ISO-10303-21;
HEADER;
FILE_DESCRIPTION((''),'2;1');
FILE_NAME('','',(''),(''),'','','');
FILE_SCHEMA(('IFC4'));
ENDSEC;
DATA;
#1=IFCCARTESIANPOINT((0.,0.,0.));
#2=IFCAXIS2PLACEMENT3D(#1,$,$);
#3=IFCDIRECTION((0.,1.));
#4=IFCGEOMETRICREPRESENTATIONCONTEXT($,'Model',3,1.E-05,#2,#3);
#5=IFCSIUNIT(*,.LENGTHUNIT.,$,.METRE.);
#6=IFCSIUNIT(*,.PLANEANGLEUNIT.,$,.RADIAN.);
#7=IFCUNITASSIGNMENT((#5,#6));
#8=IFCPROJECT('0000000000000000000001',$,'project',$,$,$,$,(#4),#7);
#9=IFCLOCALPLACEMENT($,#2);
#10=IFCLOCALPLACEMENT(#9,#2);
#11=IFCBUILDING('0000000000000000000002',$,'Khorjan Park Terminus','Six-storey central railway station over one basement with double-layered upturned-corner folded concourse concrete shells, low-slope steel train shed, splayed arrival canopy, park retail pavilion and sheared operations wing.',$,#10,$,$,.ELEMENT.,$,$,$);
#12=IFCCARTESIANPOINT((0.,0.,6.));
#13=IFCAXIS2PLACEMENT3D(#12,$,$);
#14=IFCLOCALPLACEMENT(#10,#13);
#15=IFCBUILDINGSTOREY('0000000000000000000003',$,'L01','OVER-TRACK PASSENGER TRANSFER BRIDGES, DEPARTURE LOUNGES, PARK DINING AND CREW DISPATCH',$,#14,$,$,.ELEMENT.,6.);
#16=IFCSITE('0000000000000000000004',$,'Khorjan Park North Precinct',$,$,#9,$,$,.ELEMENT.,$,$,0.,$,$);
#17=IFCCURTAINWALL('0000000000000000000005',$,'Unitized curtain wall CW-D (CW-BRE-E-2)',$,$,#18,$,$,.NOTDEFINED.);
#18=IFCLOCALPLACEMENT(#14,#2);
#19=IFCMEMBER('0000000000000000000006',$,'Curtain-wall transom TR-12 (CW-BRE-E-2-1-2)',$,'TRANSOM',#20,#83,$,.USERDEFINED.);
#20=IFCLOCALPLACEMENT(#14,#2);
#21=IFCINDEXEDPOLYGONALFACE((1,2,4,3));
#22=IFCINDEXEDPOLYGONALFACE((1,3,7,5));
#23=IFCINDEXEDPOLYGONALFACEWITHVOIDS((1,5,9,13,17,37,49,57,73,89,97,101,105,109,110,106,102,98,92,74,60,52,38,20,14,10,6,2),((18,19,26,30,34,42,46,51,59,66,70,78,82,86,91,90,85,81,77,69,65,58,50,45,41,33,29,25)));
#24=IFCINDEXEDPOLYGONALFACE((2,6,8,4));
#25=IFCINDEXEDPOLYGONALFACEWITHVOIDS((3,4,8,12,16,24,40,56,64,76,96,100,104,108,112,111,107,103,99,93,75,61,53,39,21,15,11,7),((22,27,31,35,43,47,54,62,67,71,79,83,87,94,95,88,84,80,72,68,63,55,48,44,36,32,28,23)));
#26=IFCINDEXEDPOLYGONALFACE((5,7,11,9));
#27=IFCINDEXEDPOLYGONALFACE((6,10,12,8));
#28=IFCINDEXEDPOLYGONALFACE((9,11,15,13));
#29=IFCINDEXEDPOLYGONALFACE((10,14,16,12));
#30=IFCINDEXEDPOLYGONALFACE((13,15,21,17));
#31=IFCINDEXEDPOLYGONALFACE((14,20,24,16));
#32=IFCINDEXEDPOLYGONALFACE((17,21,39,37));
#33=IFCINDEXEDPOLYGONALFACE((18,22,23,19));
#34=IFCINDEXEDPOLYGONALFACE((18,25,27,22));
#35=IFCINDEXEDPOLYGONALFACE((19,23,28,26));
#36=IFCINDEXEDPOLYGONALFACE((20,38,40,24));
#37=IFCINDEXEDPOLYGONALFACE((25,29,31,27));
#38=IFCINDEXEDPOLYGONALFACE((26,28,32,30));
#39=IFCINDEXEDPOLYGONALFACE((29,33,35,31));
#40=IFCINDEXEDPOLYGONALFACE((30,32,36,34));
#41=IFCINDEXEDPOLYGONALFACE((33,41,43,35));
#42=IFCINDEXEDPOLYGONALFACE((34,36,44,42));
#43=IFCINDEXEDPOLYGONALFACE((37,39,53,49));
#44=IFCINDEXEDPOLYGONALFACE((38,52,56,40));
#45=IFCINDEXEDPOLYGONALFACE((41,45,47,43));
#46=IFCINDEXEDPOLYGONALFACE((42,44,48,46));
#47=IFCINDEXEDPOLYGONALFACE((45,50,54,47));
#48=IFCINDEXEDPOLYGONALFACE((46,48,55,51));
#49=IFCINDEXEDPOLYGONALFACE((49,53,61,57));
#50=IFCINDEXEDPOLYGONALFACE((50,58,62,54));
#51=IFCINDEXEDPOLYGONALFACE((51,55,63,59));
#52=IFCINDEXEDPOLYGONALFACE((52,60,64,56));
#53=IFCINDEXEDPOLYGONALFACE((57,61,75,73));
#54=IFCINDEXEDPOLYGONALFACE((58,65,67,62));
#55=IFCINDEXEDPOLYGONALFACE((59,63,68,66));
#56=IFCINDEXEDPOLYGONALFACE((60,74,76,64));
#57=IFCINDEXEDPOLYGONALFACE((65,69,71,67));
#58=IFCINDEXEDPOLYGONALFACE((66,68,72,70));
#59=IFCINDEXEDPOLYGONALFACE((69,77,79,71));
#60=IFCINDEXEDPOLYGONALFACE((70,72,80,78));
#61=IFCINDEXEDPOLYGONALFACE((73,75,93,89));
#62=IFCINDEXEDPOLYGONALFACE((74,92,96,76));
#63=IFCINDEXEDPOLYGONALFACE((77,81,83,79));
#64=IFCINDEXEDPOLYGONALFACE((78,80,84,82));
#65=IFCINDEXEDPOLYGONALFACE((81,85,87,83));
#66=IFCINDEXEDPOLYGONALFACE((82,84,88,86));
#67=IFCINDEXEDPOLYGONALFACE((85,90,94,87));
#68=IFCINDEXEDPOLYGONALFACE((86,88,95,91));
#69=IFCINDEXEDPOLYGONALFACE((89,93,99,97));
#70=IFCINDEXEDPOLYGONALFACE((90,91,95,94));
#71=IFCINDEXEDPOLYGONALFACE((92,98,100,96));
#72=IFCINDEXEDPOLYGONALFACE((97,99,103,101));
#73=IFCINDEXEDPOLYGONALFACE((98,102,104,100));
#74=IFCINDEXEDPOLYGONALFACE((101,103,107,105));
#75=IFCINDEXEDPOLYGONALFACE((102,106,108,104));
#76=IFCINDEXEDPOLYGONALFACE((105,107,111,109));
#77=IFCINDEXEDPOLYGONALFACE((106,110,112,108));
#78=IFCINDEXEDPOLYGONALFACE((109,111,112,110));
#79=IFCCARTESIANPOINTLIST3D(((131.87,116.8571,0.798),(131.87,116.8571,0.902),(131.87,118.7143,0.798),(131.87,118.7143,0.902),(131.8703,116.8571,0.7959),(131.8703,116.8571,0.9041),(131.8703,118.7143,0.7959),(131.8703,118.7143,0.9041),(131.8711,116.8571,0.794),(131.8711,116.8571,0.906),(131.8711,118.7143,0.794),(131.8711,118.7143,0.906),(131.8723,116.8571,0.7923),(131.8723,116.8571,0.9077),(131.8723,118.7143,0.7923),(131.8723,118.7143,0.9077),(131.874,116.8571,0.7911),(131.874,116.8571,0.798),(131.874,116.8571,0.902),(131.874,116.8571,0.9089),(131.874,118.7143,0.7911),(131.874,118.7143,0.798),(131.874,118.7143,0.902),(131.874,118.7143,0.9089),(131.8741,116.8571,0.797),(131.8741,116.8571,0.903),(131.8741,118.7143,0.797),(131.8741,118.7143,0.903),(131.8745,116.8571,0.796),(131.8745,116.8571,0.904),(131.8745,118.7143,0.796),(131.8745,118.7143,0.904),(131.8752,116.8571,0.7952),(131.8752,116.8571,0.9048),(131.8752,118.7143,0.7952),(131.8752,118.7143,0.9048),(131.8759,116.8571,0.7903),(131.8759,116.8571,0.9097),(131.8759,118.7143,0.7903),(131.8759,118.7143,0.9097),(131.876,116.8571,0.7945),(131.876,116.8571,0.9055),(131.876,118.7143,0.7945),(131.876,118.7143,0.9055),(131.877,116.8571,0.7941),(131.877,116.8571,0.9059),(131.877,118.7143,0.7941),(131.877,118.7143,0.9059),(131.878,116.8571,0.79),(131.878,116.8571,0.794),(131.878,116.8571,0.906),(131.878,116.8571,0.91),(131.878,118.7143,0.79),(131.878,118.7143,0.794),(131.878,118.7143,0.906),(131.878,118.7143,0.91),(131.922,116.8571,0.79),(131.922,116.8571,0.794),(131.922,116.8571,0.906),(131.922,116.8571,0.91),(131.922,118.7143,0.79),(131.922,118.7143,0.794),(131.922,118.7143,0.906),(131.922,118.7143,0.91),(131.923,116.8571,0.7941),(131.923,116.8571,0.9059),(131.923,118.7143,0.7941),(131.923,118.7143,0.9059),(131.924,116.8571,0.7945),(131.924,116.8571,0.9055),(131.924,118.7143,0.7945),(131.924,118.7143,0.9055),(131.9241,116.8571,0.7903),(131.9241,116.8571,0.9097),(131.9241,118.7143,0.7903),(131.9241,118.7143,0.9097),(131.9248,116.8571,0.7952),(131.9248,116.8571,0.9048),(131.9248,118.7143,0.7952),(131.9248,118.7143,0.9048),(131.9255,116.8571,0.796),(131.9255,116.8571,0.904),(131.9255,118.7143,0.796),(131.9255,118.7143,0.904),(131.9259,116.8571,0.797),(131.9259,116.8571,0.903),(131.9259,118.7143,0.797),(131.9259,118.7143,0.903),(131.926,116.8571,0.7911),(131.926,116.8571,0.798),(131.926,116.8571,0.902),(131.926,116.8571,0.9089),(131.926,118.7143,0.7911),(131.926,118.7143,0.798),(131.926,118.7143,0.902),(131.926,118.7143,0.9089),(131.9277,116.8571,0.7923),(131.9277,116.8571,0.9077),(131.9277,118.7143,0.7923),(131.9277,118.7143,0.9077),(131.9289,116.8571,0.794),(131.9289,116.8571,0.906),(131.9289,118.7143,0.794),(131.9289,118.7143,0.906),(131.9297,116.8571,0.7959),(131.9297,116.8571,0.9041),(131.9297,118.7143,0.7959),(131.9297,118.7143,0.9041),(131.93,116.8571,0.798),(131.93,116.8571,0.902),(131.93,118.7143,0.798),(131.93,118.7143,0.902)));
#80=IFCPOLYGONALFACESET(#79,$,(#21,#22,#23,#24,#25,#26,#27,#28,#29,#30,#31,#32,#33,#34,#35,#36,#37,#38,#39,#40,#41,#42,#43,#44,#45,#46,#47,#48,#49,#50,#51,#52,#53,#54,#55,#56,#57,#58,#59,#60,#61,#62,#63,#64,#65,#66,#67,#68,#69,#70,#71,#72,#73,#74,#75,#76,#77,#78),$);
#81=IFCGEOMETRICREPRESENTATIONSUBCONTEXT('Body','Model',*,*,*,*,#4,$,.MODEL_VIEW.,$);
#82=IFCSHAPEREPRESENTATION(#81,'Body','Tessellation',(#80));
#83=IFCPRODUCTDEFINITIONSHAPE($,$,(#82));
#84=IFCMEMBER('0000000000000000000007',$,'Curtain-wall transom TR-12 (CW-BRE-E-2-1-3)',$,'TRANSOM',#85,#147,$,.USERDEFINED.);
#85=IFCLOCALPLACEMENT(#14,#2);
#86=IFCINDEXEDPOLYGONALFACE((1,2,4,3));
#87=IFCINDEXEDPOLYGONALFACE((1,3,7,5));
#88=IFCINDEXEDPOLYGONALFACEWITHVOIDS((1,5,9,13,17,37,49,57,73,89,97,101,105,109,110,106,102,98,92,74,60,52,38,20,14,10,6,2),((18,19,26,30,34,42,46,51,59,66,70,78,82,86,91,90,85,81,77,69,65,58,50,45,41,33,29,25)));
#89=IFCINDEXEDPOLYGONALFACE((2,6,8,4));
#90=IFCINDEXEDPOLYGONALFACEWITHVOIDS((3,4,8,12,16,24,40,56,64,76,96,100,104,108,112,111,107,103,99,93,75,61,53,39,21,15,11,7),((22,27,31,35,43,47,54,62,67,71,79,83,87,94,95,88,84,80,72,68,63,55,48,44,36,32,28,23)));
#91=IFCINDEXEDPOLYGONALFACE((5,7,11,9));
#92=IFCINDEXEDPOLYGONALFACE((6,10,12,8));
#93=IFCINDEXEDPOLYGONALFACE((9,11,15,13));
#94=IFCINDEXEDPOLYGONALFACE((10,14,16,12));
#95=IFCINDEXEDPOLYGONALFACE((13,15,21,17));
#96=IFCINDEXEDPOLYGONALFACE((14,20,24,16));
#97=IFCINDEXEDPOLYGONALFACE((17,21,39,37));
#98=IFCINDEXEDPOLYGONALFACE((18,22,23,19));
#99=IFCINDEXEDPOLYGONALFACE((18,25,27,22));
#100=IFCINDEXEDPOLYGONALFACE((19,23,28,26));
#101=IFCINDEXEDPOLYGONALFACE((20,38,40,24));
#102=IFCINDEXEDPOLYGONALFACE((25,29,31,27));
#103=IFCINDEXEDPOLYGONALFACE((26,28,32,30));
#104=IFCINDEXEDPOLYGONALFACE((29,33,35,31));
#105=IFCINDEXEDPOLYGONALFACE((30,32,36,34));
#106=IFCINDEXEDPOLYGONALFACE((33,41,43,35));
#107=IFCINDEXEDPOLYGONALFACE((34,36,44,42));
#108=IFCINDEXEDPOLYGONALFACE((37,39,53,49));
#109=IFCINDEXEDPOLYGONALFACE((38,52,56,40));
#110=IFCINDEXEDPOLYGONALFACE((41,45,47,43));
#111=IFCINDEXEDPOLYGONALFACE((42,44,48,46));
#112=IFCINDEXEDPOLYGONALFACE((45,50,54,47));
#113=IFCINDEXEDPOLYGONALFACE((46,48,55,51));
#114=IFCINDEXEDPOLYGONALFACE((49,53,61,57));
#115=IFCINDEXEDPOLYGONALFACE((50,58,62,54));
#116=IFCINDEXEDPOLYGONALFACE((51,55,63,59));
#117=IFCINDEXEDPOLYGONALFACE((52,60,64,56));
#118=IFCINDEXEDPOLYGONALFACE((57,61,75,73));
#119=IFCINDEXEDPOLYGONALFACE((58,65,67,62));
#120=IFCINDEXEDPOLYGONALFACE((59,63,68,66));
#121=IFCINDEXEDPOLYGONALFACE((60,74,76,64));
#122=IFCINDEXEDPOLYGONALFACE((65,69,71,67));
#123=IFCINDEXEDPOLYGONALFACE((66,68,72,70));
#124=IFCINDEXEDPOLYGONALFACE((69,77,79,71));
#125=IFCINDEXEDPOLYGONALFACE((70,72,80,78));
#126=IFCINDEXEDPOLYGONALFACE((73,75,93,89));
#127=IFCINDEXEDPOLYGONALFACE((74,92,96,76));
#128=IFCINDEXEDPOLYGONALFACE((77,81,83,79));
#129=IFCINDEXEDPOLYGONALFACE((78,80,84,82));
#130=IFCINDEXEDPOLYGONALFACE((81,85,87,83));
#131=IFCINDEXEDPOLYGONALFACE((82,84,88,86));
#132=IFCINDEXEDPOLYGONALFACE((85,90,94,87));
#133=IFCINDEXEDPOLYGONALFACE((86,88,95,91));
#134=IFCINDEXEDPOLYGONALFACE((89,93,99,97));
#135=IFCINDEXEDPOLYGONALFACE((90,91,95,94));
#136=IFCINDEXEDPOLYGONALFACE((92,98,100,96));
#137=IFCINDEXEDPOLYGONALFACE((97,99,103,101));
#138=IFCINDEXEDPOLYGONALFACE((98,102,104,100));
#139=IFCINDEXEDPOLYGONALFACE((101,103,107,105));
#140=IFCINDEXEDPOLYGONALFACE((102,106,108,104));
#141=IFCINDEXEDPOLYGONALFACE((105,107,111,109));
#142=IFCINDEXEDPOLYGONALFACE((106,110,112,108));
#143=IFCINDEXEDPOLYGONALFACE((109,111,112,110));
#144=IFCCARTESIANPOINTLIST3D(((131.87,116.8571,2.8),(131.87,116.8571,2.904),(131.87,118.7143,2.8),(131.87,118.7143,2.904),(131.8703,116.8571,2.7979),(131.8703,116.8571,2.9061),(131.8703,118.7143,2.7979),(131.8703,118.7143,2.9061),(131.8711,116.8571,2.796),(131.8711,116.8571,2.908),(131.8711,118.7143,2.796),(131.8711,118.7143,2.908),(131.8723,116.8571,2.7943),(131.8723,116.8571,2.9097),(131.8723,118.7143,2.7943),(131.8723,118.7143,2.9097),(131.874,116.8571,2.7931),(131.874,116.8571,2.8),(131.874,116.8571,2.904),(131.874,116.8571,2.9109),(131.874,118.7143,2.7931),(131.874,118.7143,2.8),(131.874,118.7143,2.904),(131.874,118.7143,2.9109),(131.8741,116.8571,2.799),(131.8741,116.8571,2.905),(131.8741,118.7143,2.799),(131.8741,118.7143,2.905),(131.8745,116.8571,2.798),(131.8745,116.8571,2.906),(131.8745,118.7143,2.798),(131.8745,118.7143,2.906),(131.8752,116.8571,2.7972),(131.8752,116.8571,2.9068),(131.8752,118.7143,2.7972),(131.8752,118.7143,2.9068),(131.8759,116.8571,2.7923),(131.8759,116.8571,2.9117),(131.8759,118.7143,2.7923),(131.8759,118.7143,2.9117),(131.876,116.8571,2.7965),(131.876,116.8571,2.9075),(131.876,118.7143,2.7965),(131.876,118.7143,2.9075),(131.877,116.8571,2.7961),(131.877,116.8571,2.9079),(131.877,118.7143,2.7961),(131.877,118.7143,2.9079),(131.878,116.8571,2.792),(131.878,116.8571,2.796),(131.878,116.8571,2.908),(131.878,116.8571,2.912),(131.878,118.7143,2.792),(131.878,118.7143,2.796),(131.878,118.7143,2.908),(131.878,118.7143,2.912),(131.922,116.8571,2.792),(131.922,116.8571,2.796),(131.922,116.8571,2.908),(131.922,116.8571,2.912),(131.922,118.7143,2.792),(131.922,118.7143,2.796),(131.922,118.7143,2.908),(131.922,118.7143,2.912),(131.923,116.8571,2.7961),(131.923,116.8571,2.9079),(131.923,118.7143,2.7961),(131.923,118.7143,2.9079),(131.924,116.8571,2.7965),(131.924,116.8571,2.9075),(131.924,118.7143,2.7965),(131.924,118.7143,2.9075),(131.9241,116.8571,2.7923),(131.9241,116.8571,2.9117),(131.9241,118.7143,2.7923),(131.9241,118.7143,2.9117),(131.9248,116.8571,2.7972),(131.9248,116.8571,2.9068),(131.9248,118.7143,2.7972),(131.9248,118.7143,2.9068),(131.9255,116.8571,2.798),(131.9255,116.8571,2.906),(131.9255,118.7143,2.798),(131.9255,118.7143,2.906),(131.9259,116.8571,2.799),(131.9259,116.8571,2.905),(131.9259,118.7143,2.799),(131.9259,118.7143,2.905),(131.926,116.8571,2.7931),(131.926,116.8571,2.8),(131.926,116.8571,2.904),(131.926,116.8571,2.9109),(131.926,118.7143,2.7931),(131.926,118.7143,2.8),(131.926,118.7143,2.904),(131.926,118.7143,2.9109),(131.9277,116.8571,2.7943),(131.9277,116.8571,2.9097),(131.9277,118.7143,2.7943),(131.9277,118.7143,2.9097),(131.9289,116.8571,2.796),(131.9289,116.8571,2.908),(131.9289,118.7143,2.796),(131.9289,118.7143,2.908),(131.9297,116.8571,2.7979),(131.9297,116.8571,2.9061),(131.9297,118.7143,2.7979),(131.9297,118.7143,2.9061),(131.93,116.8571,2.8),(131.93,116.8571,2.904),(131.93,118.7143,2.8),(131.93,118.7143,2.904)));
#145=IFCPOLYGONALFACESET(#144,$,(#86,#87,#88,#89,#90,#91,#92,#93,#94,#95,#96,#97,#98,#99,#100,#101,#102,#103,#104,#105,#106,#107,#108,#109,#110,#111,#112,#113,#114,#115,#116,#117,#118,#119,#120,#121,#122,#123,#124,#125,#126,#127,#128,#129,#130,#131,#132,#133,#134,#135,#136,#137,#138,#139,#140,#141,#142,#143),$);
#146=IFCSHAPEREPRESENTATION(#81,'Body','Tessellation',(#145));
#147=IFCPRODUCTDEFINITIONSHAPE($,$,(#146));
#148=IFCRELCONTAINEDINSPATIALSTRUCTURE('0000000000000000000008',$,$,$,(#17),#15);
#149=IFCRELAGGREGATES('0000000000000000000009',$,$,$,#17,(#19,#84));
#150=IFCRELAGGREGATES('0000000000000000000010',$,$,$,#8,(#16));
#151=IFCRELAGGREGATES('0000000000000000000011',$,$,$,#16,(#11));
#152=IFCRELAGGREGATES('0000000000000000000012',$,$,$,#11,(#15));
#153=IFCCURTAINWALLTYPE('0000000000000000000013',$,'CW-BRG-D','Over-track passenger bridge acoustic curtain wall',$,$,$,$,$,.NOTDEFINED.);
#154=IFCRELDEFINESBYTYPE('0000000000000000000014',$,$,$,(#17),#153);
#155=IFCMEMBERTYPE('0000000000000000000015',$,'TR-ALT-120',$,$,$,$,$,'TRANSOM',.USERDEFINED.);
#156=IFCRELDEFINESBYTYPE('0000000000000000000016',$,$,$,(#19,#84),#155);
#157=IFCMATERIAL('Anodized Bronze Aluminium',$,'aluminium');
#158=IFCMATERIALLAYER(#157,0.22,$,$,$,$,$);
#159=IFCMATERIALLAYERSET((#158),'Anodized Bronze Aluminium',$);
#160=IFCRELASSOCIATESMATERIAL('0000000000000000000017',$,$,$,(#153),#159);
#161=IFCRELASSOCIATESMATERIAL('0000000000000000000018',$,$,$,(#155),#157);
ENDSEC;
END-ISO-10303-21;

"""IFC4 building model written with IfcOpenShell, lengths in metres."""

from ifc_helpers import new_model, si_unit, direction, frame, origin, origin_2d, place, context, subcontext, project, spatial, hollow_rectangle, extrude, material, layer, layer_set, material_profile, profile_set, type_object, element, aggregate, save


model = new_model("IFC4")

# Units and contexts
model_context = context("Model", 3, precision=1e-05, world=origin(), true_north=direction((0.0, 1.0)))
body_context = subcontext(model_context, "Body", "Model", "MODEL_VIEW")
ifc_project = project(units=[si_unit("LENGTHUNIT", "METRE"), si_unit("PLANEANGLEUNIT", "RADIAN")], contexts=[model_context])

# Site, building, storey
site_placement = place(None, origin())
site = spatial("IfcSite", under=ifc_project, at=site_placement, Name="Khorjan Park North Precinct", CompositionType="ELEMENT", RefElevation=0.0)
building_placement = place(site_placement, origin())
building = spatial("IfcBuilding", under=site, at=building_placement, Name="Khorjan Park Terminus", Description="Six-storey central railway station over one basement with double-layered upturned-corner folded concourse concrete shells, low-slope steel train shed, splayed arrival canopy, park retail pavilion and sheared operations wing.", CompositionType="ELEMENT")
storey_placement = place(building_placement, frame((0.0, 0.0, 6.0)))
storey = spatial("IfcBuildingStorey", under=building, at=storey_placement, Name="L01", Description="OVER-TRACK PASSENGER TRANSFER BRIDGES, DEPARTURE LOUNGES, PARK DINING AND CREW DISPATCH", CompositionType="ELEMENT", Elevation=6.0)

# Curtain wall, members
ifc_material_1 = material(Name="Anodized Bronze Aluminium", Category="aluminium")
ifc_layer_1 = layer(ifc_material_1, 0.22)
ifc_layer_set_1 = layer_set([ifc_layer_1], Name="Anodized Bronze Aluminium")
curtain_wall_type = type_object("IfcCurtainWallType", Name="CW-BRG-D", Description="Over-track passenger bridge acoustic curtain wall", PredefinedType="NOTDEFINED", material=ifc_layer_set_1)
curtain_wall_placement = place(storey_placement, origin())
curtain_wall = element("IfcCurtainWall", 1, at=curtain_wall_placement, inside=storey, type_object=curtain_wall_type, Name="Unitized curtain wall CW-D (CW-BRE-E-2)", PredefinedType="NOTDEFINED")
ifc_material_profile_1 = material_profile(ifc_material_1, hollow_rectangle(XDim=0.06, YDim=0.12, WallThickness=0.004, InnerFilletRadius=0.004, OuterFilletRadius=0.008, at=origin_2d()), Name="ALT 60x120x4")
ifc_profile_set_1 = profile_set([ifc_material_profile_1], Name="Anodized Bronze Aluminium")
member_type_1 = type_object("IfcMemberType", Name="TR-ALT-120", ElementType="TRANSOM", PredefinedType="USERDEFINED", material=ifc_profile_set_1)
member_1_placement = place(storey_placement, frame((131.9, 116.8571, 0.85), z_axis=(0.0, 1.0, 0.0), x_axis=(-1.0, 0.0, 0.0)))
member_1 = element("IfcMember", 2, at=member_1_placement, type_object=member_type_1, Name="Curtain-wall transom TR-12 (CW-BRE-E-2-1-2)", ObjectType="TRANSOM", PredefinedType="USERDEFINED", context=body_context, shape_type="SweptSolid", body=[
    extrude(hollow_rectangle(XDim=0.06, YDim=0.12, WallThickness=0.004, InnerFilletRadius=0.004, OuterFilletRadius=0.008, at=origin_2d()), origin(), (0.0, 0.0, 1.0), 1.8572),
])
member_2_placement = place(storey_placement, frame((131.9, 116.8571, 2.852), z_axis=(0.0, 1.0, 0.0), x_axis=(-1.0, 0.0, 0.0)))
member_2 = element("IfcMember", 3, at=member_2_placement, type_object=member_type_1, Name="Curtain-wall transom TR-12 (CW-BRE-E-2-1-3)", ObjectType="TRANSOM", PredefinedType="USERDEFINED", context=body_context, shape_type="SweptSolid", body=[
    extrude(hollow_rectangle(XDim=0.06, YDim=0.12, WallThickness=0.004, InnerFilletRadius=0.004, OuterFilletRadius=0.008, at=origin_2d()), origin(), (0.0, 0.0, 1.0), 1.8572),
])
aggregate(curtain_wall, [member_1, member_2])

save(model, "model.ifc")
